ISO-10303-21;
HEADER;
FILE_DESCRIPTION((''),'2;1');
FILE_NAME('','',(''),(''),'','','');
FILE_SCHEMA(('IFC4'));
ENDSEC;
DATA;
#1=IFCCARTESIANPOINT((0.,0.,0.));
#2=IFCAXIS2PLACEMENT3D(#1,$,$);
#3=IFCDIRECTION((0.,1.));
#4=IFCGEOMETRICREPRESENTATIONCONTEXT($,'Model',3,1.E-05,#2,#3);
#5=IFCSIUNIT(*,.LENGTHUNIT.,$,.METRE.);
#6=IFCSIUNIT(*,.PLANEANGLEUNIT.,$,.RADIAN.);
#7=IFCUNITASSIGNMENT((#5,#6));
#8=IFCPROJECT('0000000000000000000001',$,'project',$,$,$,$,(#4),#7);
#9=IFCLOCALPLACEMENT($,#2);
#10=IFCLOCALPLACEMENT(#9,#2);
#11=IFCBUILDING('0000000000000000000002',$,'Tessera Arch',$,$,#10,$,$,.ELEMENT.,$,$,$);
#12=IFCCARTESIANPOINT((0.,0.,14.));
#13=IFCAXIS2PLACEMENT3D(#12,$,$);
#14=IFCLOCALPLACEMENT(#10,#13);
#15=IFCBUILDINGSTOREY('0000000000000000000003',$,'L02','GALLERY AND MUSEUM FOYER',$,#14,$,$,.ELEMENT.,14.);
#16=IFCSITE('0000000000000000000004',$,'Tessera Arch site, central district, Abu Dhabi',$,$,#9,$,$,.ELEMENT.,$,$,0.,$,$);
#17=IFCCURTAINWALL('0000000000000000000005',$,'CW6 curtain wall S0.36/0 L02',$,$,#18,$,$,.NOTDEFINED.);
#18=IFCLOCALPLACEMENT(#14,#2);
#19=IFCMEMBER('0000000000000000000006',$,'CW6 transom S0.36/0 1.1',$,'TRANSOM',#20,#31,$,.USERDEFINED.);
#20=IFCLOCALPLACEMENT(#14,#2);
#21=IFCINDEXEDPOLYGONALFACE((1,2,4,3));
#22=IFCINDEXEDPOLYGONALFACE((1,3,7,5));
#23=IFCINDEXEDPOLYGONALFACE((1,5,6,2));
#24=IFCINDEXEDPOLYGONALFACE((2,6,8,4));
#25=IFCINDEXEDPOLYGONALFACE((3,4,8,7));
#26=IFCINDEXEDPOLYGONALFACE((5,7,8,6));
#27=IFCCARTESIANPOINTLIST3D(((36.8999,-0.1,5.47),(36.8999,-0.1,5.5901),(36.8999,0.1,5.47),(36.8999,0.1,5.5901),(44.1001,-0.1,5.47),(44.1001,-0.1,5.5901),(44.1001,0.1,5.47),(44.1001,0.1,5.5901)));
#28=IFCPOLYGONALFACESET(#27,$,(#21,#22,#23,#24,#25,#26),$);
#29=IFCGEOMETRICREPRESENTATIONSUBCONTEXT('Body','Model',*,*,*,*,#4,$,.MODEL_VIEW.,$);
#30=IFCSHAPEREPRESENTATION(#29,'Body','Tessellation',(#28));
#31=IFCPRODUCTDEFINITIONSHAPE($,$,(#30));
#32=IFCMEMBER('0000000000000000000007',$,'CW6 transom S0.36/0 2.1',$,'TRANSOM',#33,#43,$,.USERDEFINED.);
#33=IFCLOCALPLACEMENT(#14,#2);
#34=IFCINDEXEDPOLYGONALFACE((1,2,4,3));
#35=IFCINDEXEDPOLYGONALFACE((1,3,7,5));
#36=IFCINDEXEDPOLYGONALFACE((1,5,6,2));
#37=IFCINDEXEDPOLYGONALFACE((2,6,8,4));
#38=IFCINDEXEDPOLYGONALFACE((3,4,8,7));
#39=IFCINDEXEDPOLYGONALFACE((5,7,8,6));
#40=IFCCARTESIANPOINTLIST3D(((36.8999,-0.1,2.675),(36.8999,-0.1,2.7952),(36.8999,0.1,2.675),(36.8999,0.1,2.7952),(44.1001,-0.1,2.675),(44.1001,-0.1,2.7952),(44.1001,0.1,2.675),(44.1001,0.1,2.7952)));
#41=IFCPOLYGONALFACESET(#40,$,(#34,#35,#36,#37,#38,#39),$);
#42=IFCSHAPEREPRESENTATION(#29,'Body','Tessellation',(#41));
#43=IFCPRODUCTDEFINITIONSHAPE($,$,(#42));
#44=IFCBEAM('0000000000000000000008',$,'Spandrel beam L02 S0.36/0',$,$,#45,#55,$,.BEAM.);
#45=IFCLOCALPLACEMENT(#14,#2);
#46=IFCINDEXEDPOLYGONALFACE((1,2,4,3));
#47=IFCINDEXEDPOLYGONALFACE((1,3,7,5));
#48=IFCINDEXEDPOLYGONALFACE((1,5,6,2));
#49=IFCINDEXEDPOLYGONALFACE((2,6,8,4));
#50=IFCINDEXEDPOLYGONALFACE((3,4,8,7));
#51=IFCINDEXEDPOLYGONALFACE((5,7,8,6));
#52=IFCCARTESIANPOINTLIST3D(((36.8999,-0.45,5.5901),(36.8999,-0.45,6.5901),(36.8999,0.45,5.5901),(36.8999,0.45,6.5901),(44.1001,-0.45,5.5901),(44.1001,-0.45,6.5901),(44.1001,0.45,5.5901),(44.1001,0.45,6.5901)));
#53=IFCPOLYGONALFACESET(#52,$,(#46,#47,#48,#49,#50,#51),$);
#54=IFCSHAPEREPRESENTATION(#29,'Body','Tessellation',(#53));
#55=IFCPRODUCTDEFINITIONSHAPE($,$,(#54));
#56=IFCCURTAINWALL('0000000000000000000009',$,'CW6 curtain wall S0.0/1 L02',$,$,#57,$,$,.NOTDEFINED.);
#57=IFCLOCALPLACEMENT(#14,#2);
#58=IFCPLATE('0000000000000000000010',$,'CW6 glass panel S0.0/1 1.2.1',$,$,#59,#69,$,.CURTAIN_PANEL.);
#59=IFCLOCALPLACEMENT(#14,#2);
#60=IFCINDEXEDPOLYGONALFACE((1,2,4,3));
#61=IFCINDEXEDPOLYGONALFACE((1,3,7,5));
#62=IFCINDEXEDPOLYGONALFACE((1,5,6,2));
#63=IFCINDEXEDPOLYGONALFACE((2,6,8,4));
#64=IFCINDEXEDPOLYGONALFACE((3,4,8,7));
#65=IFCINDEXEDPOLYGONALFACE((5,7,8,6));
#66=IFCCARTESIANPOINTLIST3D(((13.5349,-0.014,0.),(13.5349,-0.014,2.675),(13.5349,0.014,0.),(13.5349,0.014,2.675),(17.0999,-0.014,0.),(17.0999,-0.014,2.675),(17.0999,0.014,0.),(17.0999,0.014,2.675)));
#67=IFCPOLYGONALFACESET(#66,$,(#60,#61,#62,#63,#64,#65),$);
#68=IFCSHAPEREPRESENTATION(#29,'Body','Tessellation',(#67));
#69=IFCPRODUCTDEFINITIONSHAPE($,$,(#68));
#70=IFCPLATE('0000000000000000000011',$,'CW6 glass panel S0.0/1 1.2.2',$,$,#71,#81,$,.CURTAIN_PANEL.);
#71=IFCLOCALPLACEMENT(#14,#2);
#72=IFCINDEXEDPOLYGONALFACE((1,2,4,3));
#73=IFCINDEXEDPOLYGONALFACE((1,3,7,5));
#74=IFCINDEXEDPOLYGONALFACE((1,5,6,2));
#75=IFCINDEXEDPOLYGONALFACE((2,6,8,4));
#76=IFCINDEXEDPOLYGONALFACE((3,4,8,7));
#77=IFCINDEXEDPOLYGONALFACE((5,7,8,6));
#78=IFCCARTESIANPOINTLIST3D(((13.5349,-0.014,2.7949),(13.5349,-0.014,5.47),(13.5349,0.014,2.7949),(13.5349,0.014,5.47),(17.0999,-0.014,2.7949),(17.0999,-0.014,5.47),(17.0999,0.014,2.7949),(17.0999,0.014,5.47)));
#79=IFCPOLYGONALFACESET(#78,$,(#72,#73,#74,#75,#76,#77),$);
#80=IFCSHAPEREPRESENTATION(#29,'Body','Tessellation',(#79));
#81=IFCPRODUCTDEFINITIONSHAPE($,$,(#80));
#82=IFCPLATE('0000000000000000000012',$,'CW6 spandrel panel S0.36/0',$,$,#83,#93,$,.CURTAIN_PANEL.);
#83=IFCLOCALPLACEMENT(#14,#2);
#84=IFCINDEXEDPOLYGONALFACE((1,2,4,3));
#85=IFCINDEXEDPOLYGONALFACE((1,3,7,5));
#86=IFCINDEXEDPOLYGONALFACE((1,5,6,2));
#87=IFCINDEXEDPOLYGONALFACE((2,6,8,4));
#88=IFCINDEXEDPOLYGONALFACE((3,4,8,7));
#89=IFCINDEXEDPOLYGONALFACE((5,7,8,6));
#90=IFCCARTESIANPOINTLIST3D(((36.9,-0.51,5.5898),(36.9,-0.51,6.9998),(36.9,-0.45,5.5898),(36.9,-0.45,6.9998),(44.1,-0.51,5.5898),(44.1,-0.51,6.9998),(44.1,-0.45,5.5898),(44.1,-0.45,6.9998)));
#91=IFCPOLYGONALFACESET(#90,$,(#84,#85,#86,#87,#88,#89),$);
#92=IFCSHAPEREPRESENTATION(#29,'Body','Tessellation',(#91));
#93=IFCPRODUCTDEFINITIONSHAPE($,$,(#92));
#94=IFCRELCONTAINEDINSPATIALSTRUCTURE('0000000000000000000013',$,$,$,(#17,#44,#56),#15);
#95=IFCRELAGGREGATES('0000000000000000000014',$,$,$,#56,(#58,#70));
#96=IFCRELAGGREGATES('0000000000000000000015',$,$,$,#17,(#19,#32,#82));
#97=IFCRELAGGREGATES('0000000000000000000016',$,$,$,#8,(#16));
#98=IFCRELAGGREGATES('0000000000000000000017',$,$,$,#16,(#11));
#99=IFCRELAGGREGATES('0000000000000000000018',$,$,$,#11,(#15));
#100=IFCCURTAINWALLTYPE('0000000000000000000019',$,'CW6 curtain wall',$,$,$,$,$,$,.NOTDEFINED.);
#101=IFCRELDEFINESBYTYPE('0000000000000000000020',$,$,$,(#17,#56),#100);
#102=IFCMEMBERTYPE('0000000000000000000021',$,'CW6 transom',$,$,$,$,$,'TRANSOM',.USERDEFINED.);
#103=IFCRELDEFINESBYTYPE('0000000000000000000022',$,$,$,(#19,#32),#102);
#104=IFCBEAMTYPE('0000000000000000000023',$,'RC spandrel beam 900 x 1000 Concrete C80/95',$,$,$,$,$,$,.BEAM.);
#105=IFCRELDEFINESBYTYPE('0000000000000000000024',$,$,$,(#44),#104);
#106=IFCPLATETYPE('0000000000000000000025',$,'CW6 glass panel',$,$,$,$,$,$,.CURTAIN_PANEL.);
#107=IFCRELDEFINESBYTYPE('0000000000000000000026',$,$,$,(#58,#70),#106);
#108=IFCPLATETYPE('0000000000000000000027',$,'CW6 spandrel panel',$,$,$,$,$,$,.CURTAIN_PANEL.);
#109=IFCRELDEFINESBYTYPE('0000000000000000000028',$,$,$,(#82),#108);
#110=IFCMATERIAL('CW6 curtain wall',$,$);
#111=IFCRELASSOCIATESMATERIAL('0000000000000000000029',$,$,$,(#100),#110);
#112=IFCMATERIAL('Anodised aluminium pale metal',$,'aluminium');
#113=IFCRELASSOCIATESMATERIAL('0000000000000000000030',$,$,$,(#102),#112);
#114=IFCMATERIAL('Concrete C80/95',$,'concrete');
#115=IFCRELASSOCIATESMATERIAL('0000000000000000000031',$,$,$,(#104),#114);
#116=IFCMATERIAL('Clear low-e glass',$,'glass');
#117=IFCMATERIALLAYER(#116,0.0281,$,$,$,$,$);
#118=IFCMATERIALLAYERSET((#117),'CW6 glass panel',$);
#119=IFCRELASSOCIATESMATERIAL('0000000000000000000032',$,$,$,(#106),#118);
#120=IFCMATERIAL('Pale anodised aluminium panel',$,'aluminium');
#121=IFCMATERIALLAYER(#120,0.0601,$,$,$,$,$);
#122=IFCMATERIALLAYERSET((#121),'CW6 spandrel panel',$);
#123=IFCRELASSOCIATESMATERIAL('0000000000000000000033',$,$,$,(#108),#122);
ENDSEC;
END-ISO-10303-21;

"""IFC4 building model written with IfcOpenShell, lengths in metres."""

from ifc_helpers import new_model, si_unit, direction, frame, origin, origin_2d, place, context, subcontext, project, spatial, rectangle, extrude, material, layer, layer_set, material_profile, profile_set, type_object, element, aggregate, save


model = new_model("IFC4")

# Units and contexts
model_context = context("Model", 3, precision=1e-05, world=origin(), true_north=direction((0.0, 1.0)))
body_context = subcontext(model_context, "Body", "Model", "MODEL_VIEW")
ifc_project = project(units=[si_unit("LENGTHUNIT", "METRE"), si_unit("PLANEANGLEUNIT", "RADIAN")], contexts=[model_context])

# Site, building, storey
site_placement = place(None, origin())
site = spatial("IfcSite", under=ifc_project, at=site_placement, Name="Tessera Arch site, central district, Abu Dhabi", CompositionType="ELEMENT", RefElevation=0.0)
building_placement = place(site_placement, origin())
building = spatial("IfcBuilding", under=site, at=building_placement, Name="Tessera Arch", CompositionType="ELEMENT")
storey_placement = place(building_placement, frame((0.0, 0.0, 14.0)))
storey = spatial("IfcBuildingStorey", under=building, at=storey_placement, Name="L02", Description="GALLERY AND MUSEUM FOYER", CompositionType="ELEMENT", Elevation=14.0)

# Curtain wall, members
ifc_material_1 = material(Name="CW6 curtain wall")
curtain_wall_type = type_object("IfcCurtainWallType", Name="CW6 curtain wall", PredefinedType="NOTDEFINED", material=ifc_material_1)
curtain_wall_1_placement = place(storey_placement, origin())
curtain_wall_1 = element("IfcCurtainWall", 1, at=curtain_wall_1_placement, inside=storey, type_object=curtain_wall_type, Name="CW6 curtain wall S0.36/0 L02", PredefinedType="NOTDEFINED")
ifc_material_2 = material(Name="Anodised aluminium pale metal", Category="aluminium")
ifc_material_profile_1 = material_profile(ifc_material_2, rectangle(XDim=0.2, YDim=0.1201, at=origin_2d()), Name="AL 200x120")
ifc_profile_set_1 = profile_set([ifc_material_profile_1], Name="Anodised aluminium pale metal")
member_type_1 = type_object("IfcMemberType", Name="CW6 transom", ElementType="TRANSOM", PredefinedType="USERDEFINED", material=ifc_profile_set_1)
member_1_placement = place(storey_placement, frame((36.8999, 0.0, 5.53), z_axis=(1.0, 0.0, 0.0), x_axis=(0.0, 1.0, 0.0)))
member_1 = element("IfcMember", 2, at=member_1_placement, type_object=member_type_1, Name="CW6 transom S0.36/0 1.1", ObjectType="TRANSOM", PredefinedType="USERDEFINED", context=body_context, shape_type="SweptSolid", body=[
    extrude(rectangle(XDim=0.2, YDim=0.1201, at=origin_2d()), origin(), (0.0, 0.0, 1.0), 7.2002),
])
member_2_placement = place(storey_placement, frame((36.8999, 0.0, 2.7351), z_axis=(1.0, 0.0, 0.0), x_axis=(0.0, 1.0, 0.0)))
member_2 = element("IfcMember", 3, at=member_2_placement, type_object=member_type_1, Name="CW6 transom S0.36/0 2.1", ObjectType="TRANSOM", PredefinedType="USERDEFINED", context=body_context, shape_type="SweptSolid", body=[
    extrude(rectangle(XDim=0.2, YDim=0.1201, at=origin_2d()), origin(), (0.0, 0.0, 1.0), 7.2002),
])

# Beam
ifc_material_3 = material(Name="Concrete C80/95", Category="concrete")
ifc_material_profile_2 = material_profile(ifc_material_3, rectangle(XDim=0.8999, YDim=1.0, at=origin_2d()), Name="RC spandrel beam 900 x 1000 Concrete C80/95")
ifc_profile_set_2 = profile_set([ifc_material_profile_2], Name="Concrete C80/95")
beam_type = type_object("IfcBeamType", Name="RC spandrel beam 900 x 1000 Concrete C80/95", PredefinedType="BEAM", material=ifc_profile_set_2)
beam_placement = place(storey_placement, frame((36.8999, 0.0, 6.0901), z_axis=(1.0, 0.0, 0.0), x_axis=(0.0, 1.0, 0.0)))
element("IfcBeam", 4, at=beam_placement, inside=storey, type_object=beam_type, Name="Spandrel beam L02 S0.36/0", PredefinedType="BEAM", context=body_context, shape_type="SweptSolid", body=[
    extrude(rectangle(XDim=0.8999, YDim=1.0, at=origin_2d()), origin(), (0.0, 0.0, 1.0), 7.2002),
])

# Curtain wall, plates
curtain_wall_2_placement = place(storey_placement, origin())
curtain_wall_2 = element("IfcCurtainWall", 5, at=curtain_wall_2_placement, inside=storey, type_object=curtain_wall_type, Name="CW6 curtain wall S0.0/1 L02", PredefinedType="NOTDEFINED")
ifc_material_4 = material(Name="Clear low-e glass", Category="glass")
ifc_layer_1 = layer(ifc_material_4, 0.0281)
ifc_layer_set_1 = layer_set([ifc_layer_1], Name="CW6 glass panel")
plate_type_1 = type_object("IfcPlateType", Name="CW6 glass panel", PredefinedType="CURTAIN_PANEL", material=ifc_layer_set_1)
plate_1_placement = place(storey_placement, frame((15.3174, 0.0, 0.0), z_axis=(0.0, 0.0, 1.0), x_axis=(1.0, 0.0, 0.0)))
plate_1 = element("IfcPlate", 6, at=plate_1_placement, type_object=plate_type_1, Name="CW6 glass panel S0.0/1 1.2.1", PredefinedType="CURTAIN_PANEL", context=body_context, shape_type="SweptSolid", body=[
    extrude(rectangle(XDim=3.5649, YDim=0.0281, at=origin_2d()), origin(), (0.0, 0.0, 1.0), 2.675),
])
plate_2_placement = place(storey_placement, frame((15.3174, 0.0, 2.7949), z_axis=(0.0, 0.0, 1.0), x_axis=(1.0, 0.0, 0.0)))
plate_2 = element("IfcPlate", 7, at=plate_2_placement, type_object=plate_type_1, Name="CW6 glass panel S0.0/1 1.2.2", PredefinedType="CURTAIN_PANEL", context=body_context, shape_type="SweptSolid", body=[
    extrude(rectangle(XDim=3.5649, YDim=0.0281, at=origin_2d()), origin(), (0.0, 0.0, 1.0), 2.675),
])
aggregate(curtain_wall_2, [plate_1, plate_2])

# Plate
ifc_material_5 = material(Name="Pale anodised aluminium panel", Category="aluminium")
ifc_layer_2 = layer(ifc_material_5, 0.0601)
ifc_layer_set_2 = layer_set([ifc_layer_2], Name="CW6 spandrel panel")
plate_type_2 = type_object("IfcPlateType", Name="CW6 spandrel panel", PredefinedType="CURTAIN_PANEL", material=ifc_layer_set_2)
plate_3_placement = place(storey_placement, frame((40.5, -0.48, 5.5898), z_axis=(0.0, 0.0, 1.0), x_axis=(1.0, 0.0, 0.0)))
plate_3 = element("IfcPlate", 8, at=plate_3_placement, type_object=plate_type_2, Name="CW6 spandrel panel S0.36/0", PredefinedType="CURTAIN_PANEL", context=body_context, shape_type="SweptSolid", body=[
    extrude(rectangle(XDim=7.2, YDim=0.0601, at=origin_2d()), origin(), (0.0, 0.0, 1.0), 1.4099),
])
aggregate(curtain_wall_1, [member_1, member_2, plate_3])

save(model, "model.ifc")
